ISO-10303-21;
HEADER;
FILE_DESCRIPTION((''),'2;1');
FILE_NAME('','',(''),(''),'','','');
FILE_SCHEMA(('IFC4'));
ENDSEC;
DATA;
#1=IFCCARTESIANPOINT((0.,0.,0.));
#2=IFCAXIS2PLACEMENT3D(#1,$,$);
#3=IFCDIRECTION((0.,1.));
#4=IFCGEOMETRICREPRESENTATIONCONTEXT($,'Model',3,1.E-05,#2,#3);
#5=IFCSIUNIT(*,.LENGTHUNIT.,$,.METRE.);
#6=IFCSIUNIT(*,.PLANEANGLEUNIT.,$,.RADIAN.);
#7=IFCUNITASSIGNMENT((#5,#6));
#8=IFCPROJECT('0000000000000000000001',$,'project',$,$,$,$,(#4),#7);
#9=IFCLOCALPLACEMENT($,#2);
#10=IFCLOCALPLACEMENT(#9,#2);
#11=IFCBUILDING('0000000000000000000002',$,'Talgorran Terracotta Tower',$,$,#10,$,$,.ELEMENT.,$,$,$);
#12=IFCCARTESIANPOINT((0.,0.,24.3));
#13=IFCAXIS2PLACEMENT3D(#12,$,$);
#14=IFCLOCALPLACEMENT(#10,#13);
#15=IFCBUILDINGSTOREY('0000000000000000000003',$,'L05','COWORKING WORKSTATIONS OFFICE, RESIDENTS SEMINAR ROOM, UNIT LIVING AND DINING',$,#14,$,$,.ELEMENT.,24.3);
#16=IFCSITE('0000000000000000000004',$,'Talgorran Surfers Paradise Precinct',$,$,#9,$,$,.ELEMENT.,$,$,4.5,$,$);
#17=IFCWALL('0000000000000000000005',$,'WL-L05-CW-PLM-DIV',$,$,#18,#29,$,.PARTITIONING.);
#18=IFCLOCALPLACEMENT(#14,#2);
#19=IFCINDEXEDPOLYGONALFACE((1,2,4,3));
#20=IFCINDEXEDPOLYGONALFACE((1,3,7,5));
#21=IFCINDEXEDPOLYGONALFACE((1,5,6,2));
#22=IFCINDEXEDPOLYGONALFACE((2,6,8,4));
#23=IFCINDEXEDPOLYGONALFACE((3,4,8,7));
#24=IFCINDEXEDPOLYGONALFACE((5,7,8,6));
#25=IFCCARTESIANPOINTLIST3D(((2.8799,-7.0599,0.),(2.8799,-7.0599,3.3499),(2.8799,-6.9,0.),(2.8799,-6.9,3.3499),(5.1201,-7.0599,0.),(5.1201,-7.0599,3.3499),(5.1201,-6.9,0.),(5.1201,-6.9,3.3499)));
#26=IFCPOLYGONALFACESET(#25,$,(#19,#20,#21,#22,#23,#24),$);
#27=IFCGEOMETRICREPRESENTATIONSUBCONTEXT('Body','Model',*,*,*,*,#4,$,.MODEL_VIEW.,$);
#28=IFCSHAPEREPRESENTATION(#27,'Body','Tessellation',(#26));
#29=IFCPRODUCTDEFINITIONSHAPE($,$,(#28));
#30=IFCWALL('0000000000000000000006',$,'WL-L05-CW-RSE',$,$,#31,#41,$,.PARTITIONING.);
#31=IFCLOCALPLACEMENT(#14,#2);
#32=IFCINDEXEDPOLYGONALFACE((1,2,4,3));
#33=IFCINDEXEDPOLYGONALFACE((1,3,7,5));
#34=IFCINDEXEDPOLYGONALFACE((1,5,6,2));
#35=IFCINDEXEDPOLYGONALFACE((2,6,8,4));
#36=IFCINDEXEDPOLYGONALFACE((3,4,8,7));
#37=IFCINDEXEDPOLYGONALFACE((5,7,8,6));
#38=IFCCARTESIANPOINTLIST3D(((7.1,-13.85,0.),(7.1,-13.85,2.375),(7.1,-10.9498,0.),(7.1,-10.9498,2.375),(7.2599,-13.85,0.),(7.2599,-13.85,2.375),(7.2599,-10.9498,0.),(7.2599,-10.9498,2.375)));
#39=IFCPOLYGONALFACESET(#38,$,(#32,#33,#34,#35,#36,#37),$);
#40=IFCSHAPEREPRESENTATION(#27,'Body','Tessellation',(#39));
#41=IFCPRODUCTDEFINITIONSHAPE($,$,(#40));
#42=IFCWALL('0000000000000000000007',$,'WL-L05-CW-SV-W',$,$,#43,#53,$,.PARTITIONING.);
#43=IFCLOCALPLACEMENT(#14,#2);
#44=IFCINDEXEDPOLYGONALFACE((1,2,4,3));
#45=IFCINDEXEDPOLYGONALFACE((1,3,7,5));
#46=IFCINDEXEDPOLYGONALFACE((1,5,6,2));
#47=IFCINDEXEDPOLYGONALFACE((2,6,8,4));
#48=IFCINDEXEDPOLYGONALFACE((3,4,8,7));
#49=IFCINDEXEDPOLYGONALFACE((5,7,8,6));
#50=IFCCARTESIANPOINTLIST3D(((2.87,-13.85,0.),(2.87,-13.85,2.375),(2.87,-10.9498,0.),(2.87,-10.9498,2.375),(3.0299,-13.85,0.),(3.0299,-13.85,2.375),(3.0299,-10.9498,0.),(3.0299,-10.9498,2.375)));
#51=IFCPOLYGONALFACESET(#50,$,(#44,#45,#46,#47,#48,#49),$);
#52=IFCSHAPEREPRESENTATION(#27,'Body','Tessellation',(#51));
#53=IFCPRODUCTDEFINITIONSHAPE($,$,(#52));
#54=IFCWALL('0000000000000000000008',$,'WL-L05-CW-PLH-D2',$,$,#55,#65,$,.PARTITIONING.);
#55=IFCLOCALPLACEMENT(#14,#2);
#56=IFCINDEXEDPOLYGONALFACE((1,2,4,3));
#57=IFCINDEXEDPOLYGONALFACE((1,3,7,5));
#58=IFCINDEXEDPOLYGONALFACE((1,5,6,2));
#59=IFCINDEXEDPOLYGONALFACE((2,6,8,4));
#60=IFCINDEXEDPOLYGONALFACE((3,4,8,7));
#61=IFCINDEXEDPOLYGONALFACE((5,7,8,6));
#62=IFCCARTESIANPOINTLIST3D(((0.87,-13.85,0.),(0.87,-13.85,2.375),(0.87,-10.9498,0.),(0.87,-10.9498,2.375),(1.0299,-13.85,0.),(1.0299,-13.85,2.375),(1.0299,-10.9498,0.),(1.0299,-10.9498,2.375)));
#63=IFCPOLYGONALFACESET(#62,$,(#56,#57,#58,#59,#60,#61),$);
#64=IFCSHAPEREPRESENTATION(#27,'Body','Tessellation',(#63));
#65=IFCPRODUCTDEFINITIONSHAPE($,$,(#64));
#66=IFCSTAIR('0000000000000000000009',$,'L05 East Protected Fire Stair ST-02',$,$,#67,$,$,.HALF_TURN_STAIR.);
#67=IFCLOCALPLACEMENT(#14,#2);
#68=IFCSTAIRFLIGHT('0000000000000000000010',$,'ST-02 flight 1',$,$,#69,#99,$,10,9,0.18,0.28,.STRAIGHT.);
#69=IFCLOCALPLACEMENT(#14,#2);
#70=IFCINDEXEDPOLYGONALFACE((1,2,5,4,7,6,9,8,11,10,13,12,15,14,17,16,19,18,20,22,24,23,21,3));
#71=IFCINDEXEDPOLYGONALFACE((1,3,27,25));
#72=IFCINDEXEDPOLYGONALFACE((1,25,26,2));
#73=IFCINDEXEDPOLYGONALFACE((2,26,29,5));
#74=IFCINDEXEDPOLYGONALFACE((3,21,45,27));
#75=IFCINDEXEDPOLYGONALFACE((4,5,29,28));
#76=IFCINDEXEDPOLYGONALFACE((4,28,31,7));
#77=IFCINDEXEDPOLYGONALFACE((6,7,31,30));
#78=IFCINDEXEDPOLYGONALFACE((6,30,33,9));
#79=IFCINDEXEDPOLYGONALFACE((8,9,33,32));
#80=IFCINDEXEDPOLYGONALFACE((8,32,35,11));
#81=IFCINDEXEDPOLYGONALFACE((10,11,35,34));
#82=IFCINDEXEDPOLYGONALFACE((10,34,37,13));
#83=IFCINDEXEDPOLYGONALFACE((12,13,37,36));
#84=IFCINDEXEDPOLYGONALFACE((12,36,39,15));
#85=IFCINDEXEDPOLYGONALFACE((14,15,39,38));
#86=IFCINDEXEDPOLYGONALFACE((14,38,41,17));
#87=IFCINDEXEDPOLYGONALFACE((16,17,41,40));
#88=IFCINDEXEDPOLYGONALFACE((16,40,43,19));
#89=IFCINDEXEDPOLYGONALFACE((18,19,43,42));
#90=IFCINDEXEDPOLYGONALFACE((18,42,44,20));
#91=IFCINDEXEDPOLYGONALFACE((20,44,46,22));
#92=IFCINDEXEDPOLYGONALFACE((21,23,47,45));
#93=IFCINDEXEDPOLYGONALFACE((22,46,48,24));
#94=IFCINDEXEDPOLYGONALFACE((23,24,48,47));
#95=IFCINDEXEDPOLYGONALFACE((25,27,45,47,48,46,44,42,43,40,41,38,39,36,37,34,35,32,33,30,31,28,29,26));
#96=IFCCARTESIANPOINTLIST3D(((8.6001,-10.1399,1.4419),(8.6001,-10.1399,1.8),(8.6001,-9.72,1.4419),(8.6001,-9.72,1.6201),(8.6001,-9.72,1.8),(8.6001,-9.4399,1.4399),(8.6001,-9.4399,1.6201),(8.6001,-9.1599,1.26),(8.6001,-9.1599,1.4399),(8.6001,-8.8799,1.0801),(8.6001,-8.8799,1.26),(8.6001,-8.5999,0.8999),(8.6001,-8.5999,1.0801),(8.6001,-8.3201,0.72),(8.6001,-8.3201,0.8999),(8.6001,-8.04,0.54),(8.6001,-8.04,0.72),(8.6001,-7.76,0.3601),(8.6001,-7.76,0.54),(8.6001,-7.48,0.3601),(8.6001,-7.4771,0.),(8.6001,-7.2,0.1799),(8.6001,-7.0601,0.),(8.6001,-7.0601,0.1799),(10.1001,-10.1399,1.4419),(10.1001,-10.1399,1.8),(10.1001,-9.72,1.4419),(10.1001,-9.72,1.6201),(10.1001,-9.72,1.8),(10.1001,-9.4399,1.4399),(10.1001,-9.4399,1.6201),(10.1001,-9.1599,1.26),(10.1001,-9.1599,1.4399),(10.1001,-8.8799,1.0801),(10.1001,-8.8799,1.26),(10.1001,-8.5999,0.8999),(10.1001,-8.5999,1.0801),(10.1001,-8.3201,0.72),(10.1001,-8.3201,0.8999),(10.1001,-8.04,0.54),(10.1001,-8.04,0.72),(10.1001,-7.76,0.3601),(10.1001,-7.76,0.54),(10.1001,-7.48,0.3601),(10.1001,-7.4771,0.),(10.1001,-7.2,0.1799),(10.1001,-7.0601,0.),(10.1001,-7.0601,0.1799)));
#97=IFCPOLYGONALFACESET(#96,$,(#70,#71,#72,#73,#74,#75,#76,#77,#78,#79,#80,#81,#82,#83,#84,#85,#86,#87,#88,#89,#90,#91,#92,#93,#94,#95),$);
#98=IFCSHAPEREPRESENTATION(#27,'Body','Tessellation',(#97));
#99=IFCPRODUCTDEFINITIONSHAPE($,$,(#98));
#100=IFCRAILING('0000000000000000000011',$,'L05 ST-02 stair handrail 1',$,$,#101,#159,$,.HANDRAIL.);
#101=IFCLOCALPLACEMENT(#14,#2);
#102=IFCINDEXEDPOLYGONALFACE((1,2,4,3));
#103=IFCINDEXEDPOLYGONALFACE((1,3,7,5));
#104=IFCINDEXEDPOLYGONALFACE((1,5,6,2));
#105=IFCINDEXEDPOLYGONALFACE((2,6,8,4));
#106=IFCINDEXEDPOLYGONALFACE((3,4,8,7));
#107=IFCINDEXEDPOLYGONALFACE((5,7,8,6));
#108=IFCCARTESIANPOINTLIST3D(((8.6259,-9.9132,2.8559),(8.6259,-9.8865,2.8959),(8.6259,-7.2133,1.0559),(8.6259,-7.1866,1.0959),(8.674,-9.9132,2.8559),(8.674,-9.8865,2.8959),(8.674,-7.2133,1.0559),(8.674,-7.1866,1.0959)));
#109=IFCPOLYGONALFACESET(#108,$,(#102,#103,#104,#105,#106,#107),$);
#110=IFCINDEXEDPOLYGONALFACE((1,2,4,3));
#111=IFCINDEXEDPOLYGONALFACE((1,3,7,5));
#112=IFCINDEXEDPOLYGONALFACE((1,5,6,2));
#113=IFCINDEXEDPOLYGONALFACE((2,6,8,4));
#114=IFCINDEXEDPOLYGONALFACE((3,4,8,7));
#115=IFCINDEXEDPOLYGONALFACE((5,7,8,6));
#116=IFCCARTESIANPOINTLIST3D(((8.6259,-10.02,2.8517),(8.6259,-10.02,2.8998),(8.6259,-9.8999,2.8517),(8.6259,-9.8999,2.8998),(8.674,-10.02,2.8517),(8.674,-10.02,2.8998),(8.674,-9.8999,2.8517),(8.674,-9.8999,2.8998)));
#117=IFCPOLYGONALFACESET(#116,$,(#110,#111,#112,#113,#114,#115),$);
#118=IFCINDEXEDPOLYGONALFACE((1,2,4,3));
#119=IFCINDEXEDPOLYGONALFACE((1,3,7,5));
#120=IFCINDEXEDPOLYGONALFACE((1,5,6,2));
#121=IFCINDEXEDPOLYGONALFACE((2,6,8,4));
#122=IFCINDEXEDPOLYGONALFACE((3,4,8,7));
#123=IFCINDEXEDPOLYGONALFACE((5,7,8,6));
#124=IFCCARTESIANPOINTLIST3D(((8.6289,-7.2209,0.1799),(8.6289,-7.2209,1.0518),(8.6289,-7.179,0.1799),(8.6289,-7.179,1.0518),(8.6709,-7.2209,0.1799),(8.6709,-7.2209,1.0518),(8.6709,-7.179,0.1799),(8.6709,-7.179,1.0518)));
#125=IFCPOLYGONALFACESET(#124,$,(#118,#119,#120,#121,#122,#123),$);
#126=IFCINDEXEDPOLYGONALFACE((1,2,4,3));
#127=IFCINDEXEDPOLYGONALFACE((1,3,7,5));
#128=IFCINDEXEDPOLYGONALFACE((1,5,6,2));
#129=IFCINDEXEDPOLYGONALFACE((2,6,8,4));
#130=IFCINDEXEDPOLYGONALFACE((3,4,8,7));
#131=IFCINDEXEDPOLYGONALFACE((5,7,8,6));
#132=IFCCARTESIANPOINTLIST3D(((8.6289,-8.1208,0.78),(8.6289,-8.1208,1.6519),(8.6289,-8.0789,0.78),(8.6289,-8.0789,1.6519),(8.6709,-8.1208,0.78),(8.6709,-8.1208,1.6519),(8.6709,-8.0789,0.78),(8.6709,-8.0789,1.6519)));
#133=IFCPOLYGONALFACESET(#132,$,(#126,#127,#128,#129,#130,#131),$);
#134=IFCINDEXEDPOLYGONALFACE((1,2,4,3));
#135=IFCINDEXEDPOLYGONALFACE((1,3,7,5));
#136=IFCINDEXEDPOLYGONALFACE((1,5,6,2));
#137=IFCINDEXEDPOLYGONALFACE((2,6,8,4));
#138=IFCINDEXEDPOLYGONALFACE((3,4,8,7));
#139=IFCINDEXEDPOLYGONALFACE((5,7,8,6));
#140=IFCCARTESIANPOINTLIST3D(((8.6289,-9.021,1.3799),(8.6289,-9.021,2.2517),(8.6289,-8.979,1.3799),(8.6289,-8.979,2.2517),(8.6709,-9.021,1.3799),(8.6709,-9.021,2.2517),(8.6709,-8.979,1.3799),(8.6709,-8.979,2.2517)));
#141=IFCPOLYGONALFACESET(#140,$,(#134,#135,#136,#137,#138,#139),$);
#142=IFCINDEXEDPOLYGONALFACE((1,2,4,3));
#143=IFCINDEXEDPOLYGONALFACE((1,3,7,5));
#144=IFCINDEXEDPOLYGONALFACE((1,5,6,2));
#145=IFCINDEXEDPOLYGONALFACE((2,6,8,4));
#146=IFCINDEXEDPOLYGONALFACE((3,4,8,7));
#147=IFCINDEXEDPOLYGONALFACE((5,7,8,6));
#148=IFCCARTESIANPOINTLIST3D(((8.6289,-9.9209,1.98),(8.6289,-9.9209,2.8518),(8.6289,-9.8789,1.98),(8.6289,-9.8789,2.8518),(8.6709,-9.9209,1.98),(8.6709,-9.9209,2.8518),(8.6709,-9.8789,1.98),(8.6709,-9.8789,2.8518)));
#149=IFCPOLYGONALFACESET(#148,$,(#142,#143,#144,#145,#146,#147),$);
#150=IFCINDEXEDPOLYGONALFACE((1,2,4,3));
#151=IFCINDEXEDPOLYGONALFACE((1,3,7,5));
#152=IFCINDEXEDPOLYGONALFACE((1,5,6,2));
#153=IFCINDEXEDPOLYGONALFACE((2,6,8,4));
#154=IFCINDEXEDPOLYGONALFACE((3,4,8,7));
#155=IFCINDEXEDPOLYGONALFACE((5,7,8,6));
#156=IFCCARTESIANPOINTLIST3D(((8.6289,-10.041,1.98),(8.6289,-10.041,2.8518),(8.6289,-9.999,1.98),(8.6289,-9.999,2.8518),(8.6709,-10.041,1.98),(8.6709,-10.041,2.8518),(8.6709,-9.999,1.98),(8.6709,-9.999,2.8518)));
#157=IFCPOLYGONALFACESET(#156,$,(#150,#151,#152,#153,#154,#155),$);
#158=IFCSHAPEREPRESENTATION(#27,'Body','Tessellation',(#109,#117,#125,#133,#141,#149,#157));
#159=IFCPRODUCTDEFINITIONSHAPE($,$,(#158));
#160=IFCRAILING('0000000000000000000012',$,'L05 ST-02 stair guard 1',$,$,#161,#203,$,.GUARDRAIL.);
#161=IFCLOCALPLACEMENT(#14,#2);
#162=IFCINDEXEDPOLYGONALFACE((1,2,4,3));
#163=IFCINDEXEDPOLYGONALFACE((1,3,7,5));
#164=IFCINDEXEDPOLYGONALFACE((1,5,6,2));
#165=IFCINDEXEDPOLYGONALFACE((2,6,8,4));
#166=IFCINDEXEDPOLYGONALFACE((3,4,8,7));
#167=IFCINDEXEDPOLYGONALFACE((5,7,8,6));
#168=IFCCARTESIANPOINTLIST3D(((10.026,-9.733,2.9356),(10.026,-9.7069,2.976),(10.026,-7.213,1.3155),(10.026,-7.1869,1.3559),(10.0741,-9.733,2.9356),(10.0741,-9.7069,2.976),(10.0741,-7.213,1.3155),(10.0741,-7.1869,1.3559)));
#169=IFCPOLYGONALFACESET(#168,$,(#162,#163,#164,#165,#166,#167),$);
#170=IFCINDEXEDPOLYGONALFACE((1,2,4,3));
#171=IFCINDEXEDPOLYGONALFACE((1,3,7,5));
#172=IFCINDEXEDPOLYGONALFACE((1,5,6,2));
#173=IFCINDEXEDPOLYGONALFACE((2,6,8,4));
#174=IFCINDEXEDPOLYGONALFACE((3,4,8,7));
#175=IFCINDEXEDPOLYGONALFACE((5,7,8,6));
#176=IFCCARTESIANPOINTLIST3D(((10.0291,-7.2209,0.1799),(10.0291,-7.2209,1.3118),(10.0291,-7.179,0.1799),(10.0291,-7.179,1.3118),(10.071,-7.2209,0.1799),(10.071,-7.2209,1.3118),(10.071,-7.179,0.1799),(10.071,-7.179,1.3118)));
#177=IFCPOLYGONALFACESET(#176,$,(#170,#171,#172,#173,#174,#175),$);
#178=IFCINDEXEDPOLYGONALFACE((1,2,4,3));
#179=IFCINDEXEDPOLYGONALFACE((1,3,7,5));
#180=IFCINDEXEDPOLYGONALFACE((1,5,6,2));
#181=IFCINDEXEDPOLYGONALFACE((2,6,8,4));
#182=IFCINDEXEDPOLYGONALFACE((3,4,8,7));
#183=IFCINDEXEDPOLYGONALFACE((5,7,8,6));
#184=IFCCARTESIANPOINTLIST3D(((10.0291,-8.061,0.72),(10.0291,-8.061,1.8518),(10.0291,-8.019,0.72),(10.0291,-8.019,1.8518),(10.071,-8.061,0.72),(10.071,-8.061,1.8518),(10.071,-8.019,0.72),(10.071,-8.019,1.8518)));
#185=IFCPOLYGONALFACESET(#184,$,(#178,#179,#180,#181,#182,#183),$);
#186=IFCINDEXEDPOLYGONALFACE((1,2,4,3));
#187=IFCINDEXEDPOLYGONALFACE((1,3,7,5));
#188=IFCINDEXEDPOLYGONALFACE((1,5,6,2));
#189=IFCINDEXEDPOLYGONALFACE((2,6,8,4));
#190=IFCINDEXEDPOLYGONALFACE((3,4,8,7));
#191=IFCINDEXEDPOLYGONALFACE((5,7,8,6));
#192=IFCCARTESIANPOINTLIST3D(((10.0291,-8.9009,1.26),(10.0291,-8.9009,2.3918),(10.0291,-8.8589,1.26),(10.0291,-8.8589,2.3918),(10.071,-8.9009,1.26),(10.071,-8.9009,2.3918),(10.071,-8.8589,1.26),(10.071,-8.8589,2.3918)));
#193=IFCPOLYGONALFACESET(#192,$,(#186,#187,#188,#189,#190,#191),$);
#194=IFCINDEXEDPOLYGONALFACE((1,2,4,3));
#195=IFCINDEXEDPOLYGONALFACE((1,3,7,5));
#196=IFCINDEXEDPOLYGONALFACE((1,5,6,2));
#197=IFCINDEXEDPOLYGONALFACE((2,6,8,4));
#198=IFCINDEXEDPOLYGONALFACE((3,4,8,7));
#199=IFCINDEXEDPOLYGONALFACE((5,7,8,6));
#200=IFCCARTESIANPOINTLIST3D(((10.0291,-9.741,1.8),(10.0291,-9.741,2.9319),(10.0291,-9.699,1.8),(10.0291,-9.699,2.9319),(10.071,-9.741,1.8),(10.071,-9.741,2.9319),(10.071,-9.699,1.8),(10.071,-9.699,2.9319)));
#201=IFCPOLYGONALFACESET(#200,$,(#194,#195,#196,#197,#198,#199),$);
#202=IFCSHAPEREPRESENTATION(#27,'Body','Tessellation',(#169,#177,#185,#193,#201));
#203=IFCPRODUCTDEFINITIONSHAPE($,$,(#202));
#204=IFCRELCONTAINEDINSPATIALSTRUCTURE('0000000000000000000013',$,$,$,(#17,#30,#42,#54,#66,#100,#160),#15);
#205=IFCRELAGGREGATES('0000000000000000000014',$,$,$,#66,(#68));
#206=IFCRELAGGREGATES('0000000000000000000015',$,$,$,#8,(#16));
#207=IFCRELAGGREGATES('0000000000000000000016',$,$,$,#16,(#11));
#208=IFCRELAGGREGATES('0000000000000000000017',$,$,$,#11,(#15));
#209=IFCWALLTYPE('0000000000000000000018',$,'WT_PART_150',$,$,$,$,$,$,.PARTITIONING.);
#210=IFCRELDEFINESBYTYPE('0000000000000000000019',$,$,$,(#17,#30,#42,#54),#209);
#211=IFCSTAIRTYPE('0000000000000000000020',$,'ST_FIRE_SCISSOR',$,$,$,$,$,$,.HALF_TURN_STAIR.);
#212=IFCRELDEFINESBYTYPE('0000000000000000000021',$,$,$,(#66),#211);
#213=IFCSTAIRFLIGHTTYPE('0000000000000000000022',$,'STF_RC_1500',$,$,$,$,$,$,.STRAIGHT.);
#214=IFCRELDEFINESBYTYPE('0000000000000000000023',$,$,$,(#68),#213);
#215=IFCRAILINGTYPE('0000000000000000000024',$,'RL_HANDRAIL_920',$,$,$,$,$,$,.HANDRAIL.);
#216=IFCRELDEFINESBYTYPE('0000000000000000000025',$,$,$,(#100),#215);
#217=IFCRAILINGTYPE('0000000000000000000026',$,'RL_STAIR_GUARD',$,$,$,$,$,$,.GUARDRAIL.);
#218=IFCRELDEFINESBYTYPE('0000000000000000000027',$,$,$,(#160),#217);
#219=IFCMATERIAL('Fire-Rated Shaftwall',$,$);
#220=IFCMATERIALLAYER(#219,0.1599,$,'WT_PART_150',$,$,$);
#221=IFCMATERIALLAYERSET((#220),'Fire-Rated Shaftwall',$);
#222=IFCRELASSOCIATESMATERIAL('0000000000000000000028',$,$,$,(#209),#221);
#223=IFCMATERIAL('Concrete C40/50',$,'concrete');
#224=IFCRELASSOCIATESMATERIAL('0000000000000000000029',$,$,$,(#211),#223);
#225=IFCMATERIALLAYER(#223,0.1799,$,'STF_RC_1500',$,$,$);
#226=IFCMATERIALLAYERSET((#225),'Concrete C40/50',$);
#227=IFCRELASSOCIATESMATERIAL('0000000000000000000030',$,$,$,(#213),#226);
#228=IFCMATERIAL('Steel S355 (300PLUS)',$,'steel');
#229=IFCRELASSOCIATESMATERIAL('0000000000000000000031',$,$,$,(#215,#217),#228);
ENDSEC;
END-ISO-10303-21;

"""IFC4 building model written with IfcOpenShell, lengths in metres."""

from ifc_helpers import new_model, si_unit, direction, frame, frame_2d, origin, origin_2d, place, context, subcontext, project, spatial, polyline, rectangle, outline, extrude, material, layer, layer_set, type_object, element, aggregate, save


model = new_model("IFC4")

# Units and contexts
model_context = context("Model", 3, precision=1e-05, world=origin(), true_north=direction((0.0, 1.0)))
body_context = subcontext(model_context, "Body", "Model", "MODEL_VIEW")
ifc_project = project(units=[si_unit("LENGTHUNIT", "METRE"), si_unit("PLANEANGLEUNIT", "RADIAN")], contexts=[model_context])

# Site, building, storey
site_placement = place(None, origin())
site = spatial("IfcSite", under=ifc_project, at=site_placement, Name="Talgorran Surfers Paradise Precinct", CompositionType="ELEMENT", RefElevation=4.5)
building_placement = place(site_placement, origin())
building = spatial("IfcBuilding", under=site, at=building_placement, Name="Talgorran Terracotta Tower", CompositionType="ELEMENT")
storey_placement = place(building_placement, frame((0.0, 0.0, 24.3)))
storey = spatial("IfcBuildingStorey", under=building, at=storey_placement, Name="L05", Description="COWORKING WORKSTATIONS OFFICE, RESIDENTS SEMINAR ROOM, UNIT LIVING AND DINING", CompositionType="ELEMENT", Elevation=24.3)

# Shared definitions
ifc_material_1 = material(Name="Steel S355 (300PLUS)", Category="steel")

# Walls
ifc_material_2 = material(Name="Fire-Rated Shaftwall")
ifc_layer_1 = layer(ifc_material_2, 0.1599, Name="WT_PART_150")
ifc_layer_set_1 = layer_set([ifc_layer_1], Name="Fire-Rated Shaftwall")
wall_type_1 = type_object("IfcWallType", Name="WT_PART_150", PredefinedType="PARTITIONING", material=ifc_layer_set_1)
wall_1_placement = place(storey_placement, frame((2.8799, -6.98, 0.0), z_axis=(0.0, 0.0, 1.0), x_axis=(1.0, 0.0, 0.0)))
element("IfcWall", 1, at=wall_1_placement, inside=storey, type_object=wall_type_1, Name="WL-L05-CW-PLM-DIV", PredefinedType="PARTITIONING", context=body_context, shape_type="SweptSolid", body=[
    extrude(rectangle(XDim=2.2402, YDim=0.1599, at=frame_2d((1.1201, 0.0))), origin(), (0.0, 0.0, 1.0), 3.3499),
])
for number, where, z_axis, x_axis, name in (
    (2, (7.1799, -13.8501, 0.0), (0.0, 0.0, 1.0), (0.0, 1.0, 0.0), "WL-L05-CW-RSE"),
    (3, (2.95, -13.8501, 0.0), (0.0, 0.0, 1.0), (0.0, 1.0, 0.0), "WL-L05-CW-SV-W"),
    (4, (0.95, -13.8501, 0.0), (0.0, 0.0, 1.0), (0.0, 1.0, 0.0), "WL-L05-CW-PLH-D2"),
):
    element("IfcWall", number, at=place(storey_placement, frame(where, z_axis=z_axis, x_axis=x_axis)), inside=storey, type_object=wall_type_1, Name=name, PredefinedType="PARTITIONING", context=body_context, shape_type="SweptSolid", body=[
        extrude(rectangle(XDim=2.9001, YDim=0.1599, at=frame_2d((1.4502, 0.0))), origin(), (0.0, 0.0, 1.0), 2.375),
    ])

# Stair, stair flight
ifc_material_3 = material(Name="Concrete C40/50", Category="concrete")
stair_type = type_object("IfcStairType", Name="ST_FIRE_SCISSOR", PredefinedType="HALF_TURN_STAIR", material=ifc_material_3)
stair_placement = place(storey_placement, origin())
stair = element("IfcStair", 5, at=stair_placement, inside=storey, type_object=stair_type, Name="L05 East Protected Fire Stair ST-02", PredefinedType="HALF_TURN_STAIR")
ifc_layer_2 = layer(ifc_material_3, 0.1799, Name="STF_RC_1500")
ifc_layer_set_2 = layer_set([ifc_layer_2], Name="Concrete C40/50")
stair_flight_type = type_object("IfcStairFlightType", Name="STF_RC_1500", PredefinedType="STRAIGHT", material=ifc_layer_set_2)
stair_flight_placement = place(storey_placement, frame((9.3501, -7.2, 0.0), z_axis=(0.0, 0.0, 1.0), x_axis=(0.0, -1.0, 0.0)))
stair_flight = element("IfcStairFlight", 6, at=stair_flight_placement, type_object=stair_flight_type, Name="ST-02 flight 1", NumberOfRisers=10, NumberOfTreads=9, PredefinedType="STRAIGHT", RiserHeight=0.18, TreadLength=0.28, context=body_context, shape_type="SweptSolid", body=[
    extrude(outline(polyline([(-0.1399, 0.0), (-0.1399, 0.1799), (0.0, 0.1799), (0.28, 0.3601), (0.5601, 0.3601), (0.5601, 0.54), (0.8401, 0.54), (0.8401, 0.72), (1.1201, 0.72), (1.1201, 0.8999), (1.3999, 0.8999), (1.3999, 1.0801), (1.6799, 1.0801), (1.6799, 1.26), (1.96, 1.26), (1.96, 1.4399), (2.24, 1.4399), (2.24, 1.6201), (2.52, 1.6201), (2.52, 1.8), (2.9399, 1.8), (2.9399, 1.4419), (2.52, 1.4419), (0.2771, 0.0), (-0.1399, 0.0)])), frame((0.0, 0.75, 0.0), z_axis=(0.0, -1.0, 0.0), x_axis=(1.0, 0.0, 0.0)), (0.0, 0.0, 1.0), 1.5),
])
aggregate(stair, [stair_flight])

# Railings
railing_type_1 = type_object("IfcRailingType", Name="RL_HANDRAIL_920", PredefinedType="HANDRAIL", material=ifc_material_1)
railing_1_placement = place(storey_placement, frame((8.6499, -7.2, 0.1799)))
element("IfcRailing", 7, at=railing_1_placement, inside=storey, type_object=railing_type_1, Name="L05 ST-02 stair handrail 1", PredefinedType="HANDRAIL", context=body_context, shape_type="SweptSolid", body=[
    extrude(rectangle(XDim=0.0481, YDim=0.0481, at=origin_2d()), frame((0.0, 0.0, 0.896), z_axis=(0.0, -0.832039, 0.554718), x_axis=(1.0, 0.0, 0.0)), (0.0, 0.0, 1.0), 3.2449),
    extrude(rectangle(XDim=0.0481, YDim=0.0481, at=origin_2d()), frame((0.0, -2.7, 2.6958), z_axis=(0.0, -1.0, 0.0), x_axis=(1.0, 0.0, 0.0)), (0.0, 0.0, 1.0), 0.1201),
    extrude(rectangle(XDim=0.042, YDim=0.042, at=origin_2d()), origin(), (0.0, 0.0, 1.0), 0.8718),
    extrude(rectangle(XDim=0.042, YDim=0.042, at=origin_2d()), frame((0.0, -0.8999, 0.6001)), (0.0, 0.0, 1.0), 0.8718),
    extrude(rectangle(XDim=0.042, YDim=0.042, at=origin_2d()), frame((0.0, -1.8, 1.2)), (0.0, 0.0, 1.0), 0.8718),
    extrude(rectangle(XDim=0.042, YDim=0.042, at=origin_2d()), frame((0.0, -2.7, 1.8)), (0.0, 0.0, 1.0), 0.8718),
    extrude(rectangle(XDim=0.042, YDim=0.042, at=origin_2d()), frame((0.0, -2.8201, 1.8)), (0.0, 0.0, 1.0), 0.8718),
])
railing_type_2 = type_object("IfcRailingType", Name="RL_STAIR_GUARD", PredefinedType="GUARDRAIL", material=ifc_material_1)
railing_2_placement = place(storey_placement, frame((10.05, -7.2, 0.1799)))
element("IfcRailing", 8, at=railing_2_placement, inside=storey, type_object=railing_type_2, Name="L05 ST-02 stair guard 1", PredefinedType="GUARDRAIL", context=body_context, shape_type="SweptSolid", body=[
    extrude(rectangle(XDim=0.0481, YDim=0.0481, at=origin_2d()), frame((0.0, 0.0, 1.1558), z_axis=(0.0, -0.841163, 0.540782), x_axis=(1.0, 0.0, 0.0)), (0.0, 0.0, 1.0), 2.9958),
    extrude(rectangle(XDim=0.042, YDim=0.042, at=origin_2d()), origin(), (0.0, 0.0, 1.0), 1.1318),
    extrude(rectangle(XDim=0.042, YDim=0.042, at=origin_2d()), frame((0.0, -0.8401, 0.54)), (0.0, 0.0, 1.0), 1.1318),
    extrude(rectangle(XDim=0.042, YDim=0.042, at=origin_2d()), frame((0.0, -1.6799, 1.0801)), (0.0, 0.0, 1.0), 1.1318),
    extrude(rectangle(XDim=0.042, YDim=0.042, at=origin_2d()), frame((0.0, -2.52, 1.6201)), (0.0, 0.0, 1.0), 1.1318),
])

save(model, "model.ifc")
